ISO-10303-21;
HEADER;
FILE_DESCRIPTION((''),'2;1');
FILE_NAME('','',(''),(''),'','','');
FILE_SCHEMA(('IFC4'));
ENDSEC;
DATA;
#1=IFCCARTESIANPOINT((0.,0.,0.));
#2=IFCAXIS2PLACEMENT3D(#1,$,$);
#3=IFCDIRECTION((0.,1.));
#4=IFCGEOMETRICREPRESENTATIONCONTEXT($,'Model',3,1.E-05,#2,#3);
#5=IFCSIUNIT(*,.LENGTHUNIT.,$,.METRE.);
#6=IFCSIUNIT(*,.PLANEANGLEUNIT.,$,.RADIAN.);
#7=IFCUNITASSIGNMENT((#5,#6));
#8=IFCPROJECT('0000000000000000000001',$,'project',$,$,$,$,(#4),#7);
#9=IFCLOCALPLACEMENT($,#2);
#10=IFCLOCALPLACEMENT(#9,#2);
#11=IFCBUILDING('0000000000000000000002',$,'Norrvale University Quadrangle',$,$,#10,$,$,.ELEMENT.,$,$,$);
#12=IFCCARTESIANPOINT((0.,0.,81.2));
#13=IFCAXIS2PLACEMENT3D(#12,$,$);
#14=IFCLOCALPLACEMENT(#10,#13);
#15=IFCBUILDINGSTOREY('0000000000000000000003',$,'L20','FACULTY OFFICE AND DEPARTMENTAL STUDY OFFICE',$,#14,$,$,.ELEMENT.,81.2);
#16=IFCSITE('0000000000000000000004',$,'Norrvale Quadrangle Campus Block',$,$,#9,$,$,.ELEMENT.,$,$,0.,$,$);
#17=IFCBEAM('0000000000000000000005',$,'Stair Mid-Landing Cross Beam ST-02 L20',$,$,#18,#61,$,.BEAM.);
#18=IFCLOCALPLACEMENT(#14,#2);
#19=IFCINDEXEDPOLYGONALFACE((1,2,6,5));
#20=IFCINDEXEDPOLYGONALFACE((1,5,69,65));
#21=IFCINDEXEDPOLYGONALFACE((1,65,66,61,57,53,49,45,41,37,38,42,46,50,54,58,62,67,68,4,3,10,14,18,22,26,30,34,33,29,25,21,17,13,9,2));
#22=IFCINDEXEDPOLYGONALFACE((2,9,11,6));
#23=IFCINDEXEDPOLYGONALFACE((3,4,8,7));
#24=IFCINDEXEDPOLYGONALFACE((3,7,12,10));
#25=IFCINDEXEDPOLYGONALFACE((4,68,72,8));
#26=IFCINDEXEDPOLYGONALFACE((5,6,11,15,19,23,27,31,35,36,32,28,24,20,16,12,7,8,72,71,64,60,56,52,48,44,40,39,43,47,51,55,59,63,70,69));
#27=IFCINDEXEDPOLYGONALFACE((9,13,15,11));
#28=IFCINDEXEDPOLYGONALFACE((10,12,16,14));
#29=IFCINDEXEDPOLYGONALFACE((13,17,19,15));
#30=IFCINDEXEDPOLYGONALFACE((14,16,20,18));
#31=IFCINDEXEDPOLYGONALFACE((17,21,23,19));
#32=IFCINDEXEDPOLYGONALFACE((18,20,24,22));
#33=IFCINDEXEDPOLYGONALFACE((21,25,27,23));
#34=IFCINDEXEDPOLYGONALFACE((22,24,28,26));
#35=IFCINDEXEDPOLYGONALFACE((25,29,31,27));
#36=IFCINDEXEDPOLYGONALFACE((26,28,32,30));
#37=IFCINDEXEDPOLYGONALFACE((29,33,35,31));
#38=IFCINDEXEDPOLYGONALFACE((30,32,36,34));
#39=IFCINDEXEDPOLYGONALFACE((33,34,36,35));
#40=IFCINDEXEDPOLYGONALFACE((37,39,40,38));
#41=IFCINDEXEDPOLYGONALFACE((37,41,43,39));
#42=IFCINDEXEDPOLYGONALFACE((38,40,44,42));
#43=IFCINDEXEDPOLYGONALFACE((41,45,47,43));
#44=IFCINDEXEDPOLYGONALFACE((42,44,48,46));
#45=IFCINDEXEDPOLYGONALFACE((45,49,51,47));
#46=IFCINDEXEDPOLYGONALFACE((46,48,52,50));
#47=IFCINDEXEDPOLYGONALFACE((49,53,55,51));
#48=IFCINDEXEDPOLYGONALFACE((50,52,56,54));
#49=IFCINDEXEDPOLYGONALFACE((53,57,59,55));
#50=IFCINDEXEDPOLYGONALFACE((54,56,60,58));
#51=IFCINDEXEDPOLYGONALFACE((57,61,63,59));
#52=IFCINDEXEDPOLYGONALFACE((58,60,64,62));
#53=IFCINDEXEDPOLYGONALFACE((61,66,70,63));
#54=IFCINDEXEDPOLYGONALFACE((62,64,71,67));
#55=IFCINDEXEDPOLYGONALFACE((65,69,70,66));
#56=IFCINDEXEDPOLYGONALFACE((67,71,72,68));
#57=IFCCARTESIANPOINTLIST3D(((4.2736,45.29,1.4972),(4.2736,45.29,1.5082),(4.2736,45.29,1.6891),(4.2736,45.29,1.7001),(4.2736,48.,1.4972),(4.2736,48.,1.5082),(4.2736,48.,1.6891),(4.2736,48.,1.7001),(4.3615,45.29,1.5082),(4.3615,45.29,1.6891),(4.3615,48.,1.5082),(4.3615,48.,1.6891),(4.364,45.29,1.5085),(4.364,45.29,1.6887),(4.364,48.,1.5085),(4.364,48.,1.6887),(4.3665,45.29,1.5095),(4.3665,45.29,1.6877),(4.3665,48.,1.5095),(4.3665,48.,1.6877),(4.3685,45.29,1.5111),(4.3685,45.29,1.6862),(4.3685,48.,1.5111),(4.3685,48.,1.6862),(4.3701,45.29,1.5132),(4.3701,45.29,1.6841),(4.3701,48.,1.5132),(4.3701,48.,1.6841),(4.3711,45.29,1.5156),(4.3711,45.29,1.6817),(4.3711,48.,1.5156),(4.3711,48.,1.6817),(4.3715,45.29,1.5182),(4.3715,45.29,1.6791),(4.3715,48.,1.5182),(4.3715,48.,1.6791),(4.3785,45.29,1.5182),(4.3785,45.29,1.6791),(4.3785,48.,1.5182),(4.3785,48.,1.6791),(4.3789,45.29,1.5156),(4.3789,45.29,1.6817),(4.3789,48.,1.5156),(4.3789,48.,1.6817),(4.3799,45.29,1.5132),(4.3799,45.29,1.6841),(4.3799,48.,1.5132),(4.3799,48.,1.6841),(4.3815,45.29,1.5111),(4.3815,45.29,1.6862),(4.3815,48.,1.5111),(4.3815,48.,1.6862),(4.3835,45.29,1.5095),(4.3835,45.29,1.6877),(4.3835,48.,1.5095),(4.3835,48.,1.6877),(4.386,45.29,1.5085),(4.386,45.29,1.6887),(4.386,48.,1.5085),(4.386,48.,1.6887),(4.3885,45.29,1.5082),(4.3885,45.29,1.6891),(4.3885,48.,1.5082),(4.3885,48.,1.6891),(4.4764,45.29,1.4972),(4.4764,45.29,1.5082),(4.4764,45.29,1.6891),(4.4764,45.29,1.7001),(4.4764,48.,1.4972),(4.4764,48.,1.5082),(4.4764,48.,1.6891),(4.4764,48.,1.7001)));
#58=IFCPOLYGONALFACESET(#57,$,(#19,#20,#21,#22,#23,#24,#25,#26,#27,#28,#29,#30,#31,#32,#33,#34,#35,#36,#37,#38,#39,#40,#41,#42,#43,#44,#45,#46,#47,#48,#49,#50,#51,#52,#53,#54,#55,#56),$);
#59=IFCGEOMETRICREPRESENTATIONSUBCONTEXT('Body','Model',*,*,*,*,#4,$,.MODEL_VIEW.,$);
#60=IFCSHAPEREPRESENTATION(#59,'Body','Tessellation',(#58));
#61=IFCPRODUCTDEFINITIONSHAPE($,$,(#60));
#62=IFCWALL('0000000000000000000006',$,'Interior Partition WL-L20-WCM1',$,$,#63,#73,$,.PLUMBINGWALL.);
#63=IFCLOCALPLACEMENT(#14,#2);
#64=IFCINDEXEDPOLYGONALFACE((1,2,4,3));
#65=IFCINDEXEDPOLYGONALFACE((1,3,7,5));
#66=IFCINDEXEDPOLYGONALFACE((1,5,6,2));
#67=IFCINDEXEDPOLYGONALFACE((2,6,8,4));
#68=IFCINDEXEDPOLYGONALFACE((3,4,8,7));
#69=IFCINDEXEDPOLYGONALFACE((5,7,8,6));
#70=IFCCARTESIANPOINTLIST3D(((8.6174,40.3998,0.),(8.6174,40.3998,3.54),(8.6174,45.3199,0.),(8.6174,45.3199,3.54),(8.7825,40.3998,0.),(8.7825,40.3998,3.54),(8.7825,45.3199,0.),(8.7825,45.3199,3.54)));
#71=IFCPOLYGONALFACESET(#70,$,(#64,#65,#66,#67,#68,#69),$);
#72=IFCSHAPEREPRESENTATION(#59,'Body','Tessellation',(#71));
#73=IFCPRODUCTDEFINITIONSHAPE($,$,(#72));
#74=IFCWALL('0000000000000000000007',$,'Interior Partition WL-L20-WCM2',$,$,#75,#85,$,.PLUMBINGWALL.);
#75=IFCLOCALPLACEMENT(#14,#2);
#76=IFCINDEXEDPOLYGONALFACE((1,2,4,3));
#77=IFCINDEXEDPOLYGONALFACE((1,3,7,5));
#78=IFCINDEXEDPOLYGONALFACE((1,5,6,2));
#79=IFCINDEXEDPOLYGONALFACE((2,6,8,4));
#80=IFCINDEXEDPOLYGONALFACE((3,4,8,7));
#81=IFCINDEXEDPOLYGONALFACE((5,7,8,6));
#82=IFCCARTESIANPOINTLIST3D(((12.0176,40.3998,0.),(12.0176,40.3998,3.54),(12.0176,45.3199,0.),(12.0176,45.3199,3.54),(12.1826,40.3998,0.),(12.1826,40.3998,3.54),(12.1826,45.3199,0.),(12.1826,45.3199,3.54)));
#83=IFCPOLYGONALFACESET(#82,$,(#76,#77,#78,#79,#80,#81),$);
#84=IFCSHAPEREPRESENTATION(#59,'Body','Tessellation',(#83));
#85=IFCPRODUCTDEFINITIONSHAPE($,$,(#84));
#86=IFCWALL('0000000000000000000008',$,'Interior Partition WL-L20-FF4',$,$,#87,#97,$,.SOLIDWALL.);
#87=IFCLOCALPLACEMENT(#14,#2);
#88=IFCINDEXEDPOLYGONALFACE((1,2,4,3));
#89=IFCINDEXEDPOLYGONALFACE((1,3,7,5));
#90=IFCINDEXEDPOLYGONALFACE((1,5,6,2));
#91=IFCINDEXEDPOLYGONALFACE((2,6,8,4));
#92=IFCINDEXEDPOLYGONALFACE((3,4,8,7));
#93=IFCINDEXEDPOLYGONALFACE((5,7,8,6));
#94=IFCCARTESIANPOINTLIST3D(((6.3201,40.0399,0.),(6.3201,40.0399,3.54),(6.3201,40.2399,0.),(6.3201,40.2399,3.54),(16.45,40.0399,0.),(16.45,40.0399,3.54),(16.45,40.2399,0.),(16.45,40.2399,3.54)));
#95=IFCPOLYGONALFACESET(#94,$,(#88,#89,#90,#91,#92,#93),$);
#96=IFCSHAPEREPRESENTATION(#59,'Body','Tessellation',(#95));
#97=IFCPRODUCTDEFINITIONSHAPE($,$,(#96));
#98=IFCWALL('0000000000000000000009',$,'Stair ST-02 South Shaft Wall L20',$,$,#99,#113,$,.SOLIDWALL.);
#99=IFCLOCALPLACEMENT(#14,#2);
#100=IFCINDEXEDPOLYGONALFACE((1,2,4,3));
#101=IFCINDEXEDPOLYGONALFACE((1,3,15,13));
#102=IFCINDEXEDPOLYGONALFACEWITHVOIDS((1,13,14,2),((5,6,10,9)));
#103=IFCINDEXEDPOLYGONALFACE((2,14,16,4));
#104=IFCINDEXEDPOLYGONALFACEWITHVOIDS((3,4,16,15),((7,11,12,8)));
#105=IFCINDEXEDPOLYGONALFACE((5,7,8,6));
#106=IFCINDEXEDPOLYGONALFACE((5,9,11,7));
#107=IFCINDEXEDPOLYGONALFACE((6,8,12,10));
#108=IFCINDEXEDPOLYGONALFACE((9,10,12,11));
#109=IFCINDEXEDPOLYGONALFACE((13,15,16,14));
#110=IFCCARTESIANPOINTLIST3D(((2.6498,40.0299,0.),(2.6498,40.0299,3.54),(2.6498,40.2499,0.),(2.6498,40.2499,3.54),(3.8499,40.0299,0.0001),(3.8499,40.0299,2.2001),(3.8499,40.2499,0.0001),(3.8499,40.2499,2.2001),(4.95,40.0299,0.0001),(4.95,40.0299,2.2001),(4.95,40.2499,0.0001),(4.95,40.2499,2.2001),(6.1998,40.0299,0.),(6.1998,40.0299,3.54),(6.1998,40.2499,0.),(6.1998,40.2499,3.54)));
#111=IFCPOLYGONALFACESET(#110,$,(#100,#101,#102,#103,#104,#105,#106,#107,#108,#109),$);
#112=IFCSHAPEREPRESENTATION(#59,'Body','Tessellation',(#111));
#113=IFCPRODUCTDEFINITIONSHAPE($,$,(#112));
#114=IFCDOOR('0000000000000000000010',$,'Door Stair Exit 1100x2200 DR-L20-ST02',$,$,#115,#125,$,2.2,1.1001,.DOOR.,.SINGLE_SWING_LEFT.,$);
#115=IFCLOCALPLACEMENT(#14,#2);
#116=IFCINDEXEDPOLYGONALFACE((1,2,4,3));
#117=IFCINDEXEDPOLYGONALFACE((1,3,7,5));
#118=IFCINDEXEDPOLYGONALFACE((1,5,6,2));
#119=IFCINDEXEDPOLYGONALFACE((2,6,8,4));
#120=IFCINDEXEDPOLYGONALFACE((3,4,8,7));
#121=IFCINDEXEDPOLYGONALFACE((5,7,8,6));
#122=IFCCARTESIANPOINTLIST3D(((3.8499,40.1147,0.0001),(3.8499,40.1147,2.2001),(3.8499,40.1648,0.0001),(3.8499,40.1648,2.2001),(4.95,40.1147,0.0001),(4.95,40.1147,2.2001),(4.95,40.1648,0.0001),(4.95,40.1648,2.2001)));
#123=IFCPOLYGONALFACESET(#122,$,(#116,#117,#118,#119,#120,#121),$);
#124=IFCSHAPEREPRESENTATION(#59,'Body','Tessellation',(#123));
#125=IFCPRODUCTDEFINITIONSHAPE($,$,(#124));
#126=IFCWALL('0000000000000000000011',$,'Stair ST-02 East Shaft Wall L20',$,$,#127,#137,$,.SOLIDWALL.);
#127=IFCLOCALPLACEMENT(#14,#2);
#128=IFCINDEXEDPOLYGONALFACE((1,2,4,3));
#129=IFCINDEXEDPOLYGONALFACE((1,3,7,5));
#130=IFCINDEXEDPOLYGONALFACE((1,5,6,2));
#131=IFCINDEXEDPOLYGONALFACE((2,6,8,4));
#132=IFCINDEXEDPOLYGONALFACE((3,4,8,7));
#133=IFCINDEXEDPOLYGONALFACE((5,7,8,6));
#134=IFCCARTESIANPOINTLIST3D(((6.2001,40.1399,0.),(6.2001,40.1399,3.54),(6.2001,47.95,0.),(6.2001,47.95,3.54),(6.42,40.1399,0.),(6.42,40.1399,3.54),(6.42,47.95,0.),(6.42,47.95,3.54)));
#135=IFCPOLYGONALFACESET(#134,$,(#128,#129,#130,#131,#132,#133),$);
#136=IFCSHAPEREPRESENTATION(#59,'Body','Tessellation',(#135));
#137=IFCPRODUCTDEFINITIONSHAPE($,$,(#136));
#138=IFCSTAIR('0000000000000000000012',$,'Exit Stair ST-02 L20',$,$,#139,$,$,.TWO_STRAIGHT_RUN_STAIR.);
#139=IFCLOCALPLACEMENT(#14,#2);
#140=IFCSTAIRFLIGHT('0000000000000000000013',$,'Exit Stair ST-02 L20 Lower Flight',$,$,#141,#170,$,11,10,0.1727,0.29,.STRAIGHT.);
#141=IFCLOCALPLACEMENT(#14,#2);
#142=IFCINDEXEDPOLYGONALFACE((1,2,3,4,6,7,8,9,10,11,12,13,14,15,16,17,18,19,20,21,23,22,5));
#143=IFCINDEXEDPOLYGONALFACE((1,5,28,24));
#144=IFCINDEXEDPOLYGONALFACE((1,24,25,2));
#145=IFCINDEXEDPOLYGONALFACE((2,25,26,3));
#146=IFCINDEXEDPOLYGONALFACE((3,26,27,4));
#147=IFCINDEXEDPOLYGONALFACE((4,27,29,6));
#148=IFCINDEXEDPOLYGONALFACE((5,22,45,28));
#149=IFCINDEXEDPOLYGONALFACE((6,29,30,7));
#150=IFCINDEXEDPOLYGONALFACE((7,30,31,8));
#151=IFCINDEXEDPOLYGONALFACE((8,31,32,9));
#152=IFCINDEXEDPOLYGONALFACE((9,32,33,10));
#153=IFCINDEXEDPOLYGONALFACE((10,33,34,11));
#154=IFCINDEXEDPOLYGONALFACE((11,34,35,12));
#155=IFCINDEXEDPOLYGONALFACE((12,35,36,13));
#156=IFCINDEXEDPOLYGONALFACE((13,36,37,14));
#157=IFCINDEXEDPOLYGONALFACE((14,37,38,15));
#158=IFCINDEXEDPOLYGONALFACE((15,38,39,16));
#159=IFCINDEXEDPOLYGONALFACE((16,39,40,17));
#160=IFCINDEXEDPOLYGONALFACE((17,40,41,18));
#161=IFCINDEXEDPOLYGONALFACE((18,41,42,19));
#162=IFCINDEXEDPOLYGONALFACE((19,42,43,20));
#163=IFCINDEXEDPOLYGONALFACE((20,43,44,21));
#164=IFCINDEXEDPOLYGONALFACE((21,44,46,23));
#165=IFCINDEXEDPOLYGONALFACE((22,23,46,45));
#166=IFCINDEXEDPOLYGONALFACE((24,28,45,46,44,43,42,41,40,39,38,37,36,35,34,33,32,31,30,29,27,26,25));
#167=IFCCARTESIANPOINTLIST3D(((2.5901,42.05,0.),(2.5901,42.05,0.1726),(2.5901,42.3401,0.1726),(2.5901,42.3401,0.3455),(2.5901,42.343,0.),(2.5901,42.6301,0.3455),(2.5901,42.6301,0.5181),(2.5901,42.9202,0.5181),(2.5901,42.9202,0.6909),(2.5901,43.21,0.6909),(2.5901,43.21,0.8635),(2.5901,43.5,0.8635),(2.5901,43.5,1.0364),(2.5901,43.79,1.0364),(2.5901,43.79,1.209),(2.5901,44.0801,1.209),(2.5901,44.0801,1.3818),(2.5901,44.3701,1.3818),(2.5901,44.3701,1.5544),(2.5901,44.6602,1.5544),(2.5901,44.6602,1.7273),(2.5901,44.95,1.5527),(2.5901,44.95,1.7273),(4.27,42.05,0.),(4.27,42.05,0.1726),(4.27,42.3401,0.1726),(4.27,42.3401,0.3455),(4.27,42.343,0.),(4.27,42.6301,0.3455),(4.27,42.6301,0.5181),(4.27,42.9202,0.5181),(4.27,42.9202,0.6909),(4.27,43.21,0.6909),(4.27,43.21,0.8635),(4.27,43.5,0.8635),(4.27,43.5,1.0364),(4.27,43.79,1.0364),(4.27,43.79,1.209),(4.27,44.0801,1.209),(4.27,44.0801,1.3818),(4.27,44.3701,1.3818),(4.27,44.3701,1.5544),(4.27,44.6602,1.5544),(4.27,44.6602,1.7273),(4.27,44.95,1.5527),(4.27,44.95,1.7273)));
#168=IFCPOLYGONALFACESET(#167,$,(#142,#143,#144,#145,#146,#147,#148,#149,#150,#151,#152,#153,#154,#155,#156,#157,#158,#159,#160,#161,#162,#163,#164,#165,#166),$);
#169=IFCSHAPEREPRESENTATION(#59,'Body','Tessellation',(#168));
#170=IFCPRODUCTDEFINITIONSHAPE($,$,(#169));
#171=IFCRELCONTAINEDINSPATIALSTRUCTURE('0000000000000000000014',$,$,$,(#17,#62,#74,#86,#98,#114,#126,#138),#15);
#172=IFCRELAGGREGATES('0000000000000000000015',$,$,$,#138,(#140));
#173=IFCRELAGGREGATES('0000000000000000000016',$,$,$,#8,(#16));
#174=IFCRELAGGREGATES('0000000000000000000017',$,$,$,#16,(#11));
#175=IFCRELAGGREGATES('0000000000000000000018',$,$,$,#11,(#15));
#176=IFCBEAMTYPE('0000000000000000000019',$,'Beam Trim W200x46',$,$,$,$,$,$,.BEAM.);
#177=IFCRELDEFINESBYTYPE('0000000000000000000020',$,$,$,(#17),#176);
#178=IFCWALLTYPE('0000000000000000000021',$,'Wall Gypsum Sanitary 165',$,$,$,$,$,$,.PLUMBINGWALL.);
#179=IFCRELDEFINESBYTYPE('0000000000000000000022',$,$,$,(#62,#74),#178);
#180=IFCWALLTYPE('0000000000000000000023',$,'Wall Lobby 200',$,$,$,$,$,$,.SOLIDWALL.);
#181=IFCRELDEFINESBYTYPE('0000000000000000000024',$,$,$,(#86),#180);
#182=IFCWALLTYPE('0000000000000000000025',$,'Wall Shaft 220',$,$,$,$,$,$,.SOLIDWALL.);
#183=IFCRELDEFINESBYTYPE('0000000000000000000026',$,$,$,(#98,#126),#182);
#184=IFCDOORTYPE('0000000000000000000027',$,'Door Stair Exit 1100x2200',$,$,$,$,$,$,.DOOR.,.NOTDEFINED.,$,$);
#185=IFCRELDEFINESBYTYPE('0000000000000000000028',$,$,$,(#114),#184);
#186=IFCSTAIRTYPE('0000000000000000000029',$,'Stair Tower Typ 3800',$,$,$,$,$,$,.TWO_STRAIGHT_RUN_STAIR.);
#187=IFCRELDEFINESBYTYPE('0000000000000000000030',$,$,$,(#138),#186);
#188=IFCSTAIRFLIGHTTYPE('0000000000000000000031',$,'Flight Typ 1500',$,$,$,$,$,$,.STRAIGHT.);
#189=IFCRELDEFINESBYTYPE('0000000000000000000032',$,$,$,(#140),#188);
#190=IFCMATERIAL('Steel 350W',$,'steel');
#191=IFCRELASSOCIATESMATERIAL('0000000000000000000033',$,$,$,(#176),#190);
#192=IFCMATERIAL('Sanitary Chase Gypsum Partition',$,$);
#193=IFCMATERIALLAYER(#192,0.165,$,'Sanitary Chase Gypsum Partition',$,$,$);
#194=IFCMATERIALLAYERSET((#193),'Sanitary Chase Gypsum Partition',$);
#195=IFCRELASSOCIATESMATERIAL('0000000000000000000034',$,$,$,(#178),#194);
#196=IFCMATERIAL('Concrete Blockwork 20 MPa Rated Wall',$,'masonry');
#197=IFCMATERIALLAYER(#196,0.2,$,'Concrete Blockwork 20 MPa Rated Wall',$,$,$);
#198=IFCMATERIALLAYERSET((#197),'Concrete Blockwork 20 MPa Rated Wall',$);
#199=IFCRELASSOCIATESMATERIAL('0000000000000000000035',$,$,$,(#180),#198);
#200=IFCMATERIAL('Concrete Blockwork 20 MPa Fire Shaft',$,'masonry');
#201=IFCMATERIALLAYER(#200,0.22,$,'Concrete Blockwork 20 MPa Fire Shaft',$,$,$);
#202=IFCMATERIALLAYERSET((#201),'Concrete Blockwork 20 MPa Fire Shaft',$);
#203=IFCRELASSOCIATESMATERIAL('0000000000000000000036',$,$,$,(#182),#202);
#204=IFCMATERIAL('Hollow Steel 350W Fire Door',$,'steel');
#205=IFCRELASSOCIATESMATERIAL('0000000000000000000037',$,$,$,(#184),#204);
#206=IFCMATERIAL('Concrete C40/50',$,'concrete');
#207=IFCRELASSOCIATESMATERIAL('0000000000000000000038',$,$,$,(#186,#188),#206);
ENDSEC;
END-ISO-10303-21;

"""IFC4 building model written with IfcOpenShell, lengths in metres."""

from ifc_helpers import new_model, si_unit, direction, frame, frame_2d, origin, origin_2d, place, context, subcontext, project, spatial, polyline, rectangle, i_section, outline, extrude, material, layer, layer_set, material_profile, profile_set, type_object, element, fill, aggregate, save


model = new_model("IFC4")

# Units and contexts
model_context = context("Model", 3, precision=1e-05, world=origin(), true_north=direction((0.0, 1.0)))
body_context = subcontext(model_context, "Body", "Model", "MODEL_VIEW")
ifc_project = project(units=[si_unit("LENGTHUNIT", "METRE"), si_unit("PLANEANGLEUNIT", "RADIAN")], contexts=[model_context])

# Site, building, storey
site_placement = place(None, origin())
site = spatial("IfcSite", under=ifc_project, at=site_placement, Name="Norrvale Quadrangle Campus Block", CompositionType="ELEMENT", RefElevation=0.0)
building_placement = place(site_placement, origin())
building = spatial("IfcBuilding", under=site, at=building_placement, Name="Norrvale University Quadrangle", CompositionType="ELEMENT")
storey_placement = place(building_placement, frame((0.0, 0.0, 81.2)))
storey = spatial("IfcBuildingStorey", under=building, at=storey_placement, Name="L20", Description="FACULTY OFFICE AND DEPARTMENTAL STUDY OFFICE", CompositionType="ELEMENT", Elevation=81.2)

# Beam
ifc_material_1 = material(Name="Steel 350W", Category="steel")
ifc_material_profile_1 = material_profile(ifc_material_1, i_section(OverallWidth=0.2029, OverallDepth=0.2029, WebThickness=0.0071, FlangeThickness=0.011, FilletRadius=0.01, at=origin_2d()), Name="Steel 350W")
ifc_profile_set_1 = profile_set([ifc_material_profile_1], Name="Steel 350W")
beam_type_1 = type_object("IfcBeamType", Name="Beam Trim W200x46", PredefinedType="BEAM", material=ifc_profile_set_1)
beam_1_placement = place(storey_placement, frame((4.375, 45.29, 1.5986), z_axis=(0.0, 1.0, 0.0), x_axis=(-1.0, 0.0, 0.0)))
element("IfcBeam", 1, at=beam_1_placement, inside=storey, type_object=beam_type_1, Name="Stair Mid-Landing Cross Beam ST-02 L20", PredefinedType="BEAM", context=body_context, shape_type="SweptSolid", body=[
    extrude(i_section(OverallWidth=0.2029, OverallDepth=0.2029, WebThickness=0.0071, FlangeThickness=0.011, FilletRadius=0.01, at=origin_2d()), origin(), (0.0, 0.0, 1.0), 2.71),
])

# Walls
ifc_material_2 = material(Name="Sanitary Chase Gypsum Partition")
ifc_layer_1 = layer(ifc_material_2, 0.165, Name="Sanitary Chase Gypsum Partition")
ifc_layer_set_1 = layer_set([ifc_layer_1], Name="Sanitary Chase Gypsum Partition")
wall_type_1 = type_object("IfcWallType", Name="Wall Gypsum Sanitary 165", PredefinedType="PLUMBINGWALL", material=ifc_layer_set_1)
for number, where, z_axis, x_axis, name in (
    (2, (8.7, 40.3999, 0.0), (0.0, 0.0, 1.0), (0.0, 1.0, 0.0), "Interior Partition WL-L20-WCM1"),
    (3, (12.1001, 40.3999, 0.0), (0.0, 0.0, 1.0), (0.0, 1.0, 0.0), "Interior Partition WL-L20-WCM2"),
):
    element("IfcWall", number, at=place(storey_placement, frame(where, z_axis=z_axis, x_axis=x_axis)), inside=storey, type_object=wall_type_1, Name=name, PredefinedType="PLUMBINGWALL", context=body_context, shape_type="SweptSolid", body=[
        extrude(rectangle(XDim=4.9202, YDim=0.165, at=frame_2d((2.46, 0.0))), origin(), (0.0, 0.0, 1.0), 3.54),
    ])
ifc_material_3 = material(Name="Concrete Blockwork 20 MPa Rated Wall", Category="masonry")
ifc_layer_2 = layer(ifc_material_3, 0.2, Name="Concrete Blockwork 20 MPa Rated Wall")
ifc_layer_set_2 = layer_set([ifc_layer_2], Name="Concrete Blockwork 20 MPa Rated Wall")
wall_type_2 = type_object("IfcWallType", Name="Wall Lobby 200", PredefinedType="SOLIDWALL", material=ifc_layer_set_2)
wall_1_placement = place(storey_placement, frame((6.3201, 40.1399, 0.0), z_axis=(0.0, 0.0, 1.0), x_axis=(1.0, 0.0, 0.0)))
element("IfcWall", 4, at=wall_1_placement, inside=storey, type_object=wall_type_2, Name="Interior Partition WL-L20-FF4", PredefinedType="SOLIDWALL", context=body_context, shape_type="SweptSolid", body=[
    extrude(rectangle(XDim=10.1299, YDim=0.2, at=frame_2d((5.0649, 0.0))), origin(), (0.0, 0.0, 1.0), 3.54),
])

# Wall, opening, door
ifc_material_4 = material(Name="Concrete Blockwork 20 MPa Fire Shaft", Category="masonry")
ifc_layer_3 = layer(ifc_material_4, 0.22, Name="Concrete Blockwork 20 MPa Fire Shaft")
ifc_layer_set_3 = layer_set([ifc_layer_3], Name="Concrete Blockwork 20 MPa Fire Shaft")
wall_type_3 = type_object("IfcWallType", Name="Wall Shaft 220", PredefinedType="SOLIDWALL", material=ifc_layer_set_3)
wall_2_placement = place(storey_placement, frame((2.6499, 40.1399, 0.0), z_axis=(0.0, 0.0, 1.0), x_axis=(1.0, 0.0, 0.0)))
wall_2 = element("IfcWall", 5, at=wall_2_placement, inside=storey, type_object=wall_type_3, Name="Stair ST-02 South Shaft Wall L20", PredefinedType="SOLIDWALL", context=body_context, shape_type="SweptSolid", body=[
    extrude(rectangle(XDim=3.55, YDim=0.22, at=frame_2d((1.7749, 0.0))), origin(), (0.0, 0.0, 1.0), 3.54),
])
opening_placement = place(wall_2_placement, frame((1.2, 0.0, 0.0)))
opening = element("IfcOpeningElement", 6, at=opening_placement, cuts=wall_2, PredefinedType="OPENING", context=body_context, shape_type="SweptSolid", body=[
    extrude(rectangle(XDim=1.1001, YDim=2.2, at=frame_2d((0.55, 1.1001))), frame((0.0, 0.1221, 0.0), z_axis=(0.0, -1.0, 0.0), x_axis=(1.0, 0.0, 0.0)), (0.0, 0.0, 1.0), 0.2439),
])
ifc_material_5 = material(Name="Hollow Steel 350W Fire Door", Category="steel")
door_type = type_object("IfcDoorType", Name="Door Stair Exit 1100x2200", OperationType="NOTDEFINED", PredefinedType="DOOR", material=ifc_material_5)
door_placement = place(opening_placement, origin())
door = element("IfcDoor", 7, at=door_placement, inside=storey, type_object=door_type, Name="Door Stair Exit 1100x2200 DR-L20-ST02", OperationType="SINGLE_SWING_LEFT", OverallHeight=2.2, OverallWidth=1.1001, PredefinedType="DOOR", context=body_context, shape_type="SweptSolid", body=[
    extrude(rectangle(XDim=1.1001, YDim=2.2, at=frame_2d((0.55, 1.1001))), frame((0.0, 0.0249, 0.0), z_axis=(0.0, -1.0, 0.0), x_axis=(1.0, 0.0, 0.0)), (0.0, 0.0, 1.0), 0.05),
])
fill(opening, door)

# Wall
wall_3_placement = place(storey_placement, frame((6.3101, 40.1399, 0.0), z_axis=(0.0, 0.0, 1.0), x_axis=(0.0, 1.0, 0.0)))
element("IfcWall", 8, at=wall_3_placement, inside=storey, type_object=wall_type_3, Name="Stair ST-02 East Shaft Wall L20", PredefinedType="SOLIDWALL", context=body_context, shape_type="SweptSolid", body=[
    extrude(rectangle(XDim=7.8101, YDim=0.22, at=frame_2d((3.905, 0.0))), origin(), (0.0, 0.0, 1.0), 3.54),
])

# Stair, stair flight
ifc_material_6 = material(Name="Concrete C40/50", Category="concrete")
stair_type = type_object("IfcStairType", Name="Stair Tower Typ 3800", PredefinedType="TWO_STRAIGHT_RUN_STAIR", material=ifc_material_6)
stair_placement = place(storey_placement, origin())
stair = element("IfcStair", 9, at=stair_placement, inside=storey, type_object=stair_type, Name="Exit Stair ST-02 L20", PredefinedType="TWO_STRAIGHT_RUN_STAIR")
stair_flight_type = type_object("IfcStairFlightType", Name="Flight Typ 1500", PredefinedType="STRAIGHT", material=ifc_material_6)
stair_flight_1_placement = place(storey_placement, frame((3.4299, 42.05, 0.0), z_axis=(0.0, 0.0, 1.0), x_axis=(0.0, 1.0, 0.0)))
stair_flight_1 = element("IfcStairFlight", 10, at=stair_flight_1_placement, type_object=stair_flight_type, Name="Exit Stair ST-02 L20 Lower Flight", NumberOfRisers=11, NumberOfTreads=10, PredefinedType="STRAIGHT", RiserHeight=0.1727, TreadLength=0.29, context=body_context, shape_type="SweptSolid", body=[
    extrude(outline(polyline([(0.0, 0.0), (0.0, 0.1726), (0.29, 0.1726), (0.29, 0.3455), (0.5801, 0.3455), (0.5801, 0.5181), (0.8701, 0.5181), (0.8701, 0.6909), (1.1599, 0.6909), (1.1599, 0.8635), (1.45, 0.8635), (1.45, 1.0364), (1.74, 1.0364), (1.74, 1.209), (2.03, 1.209), (2.03, 1.3818), (2.3201, 1.3818), (2.3201, 1.5544), (2.6101, 1.5544), (2.6101, 1.7273), (2.8999, 1.7273), (2.8999, 1.8999), (2.8999, 1.5527), (0.293, 0.0), (0.0, 0.0)])), frame((0.0, 0.8398, 0.0), z_axis=(0.0, -1.0, 0.0), x_axis=(1.0, 0.0, 0.0)), (0.0, 0.0, 1.0), 1.6799),
])
aggregate(stair, [stair_flight_1])

save(model, "model.ifc")
